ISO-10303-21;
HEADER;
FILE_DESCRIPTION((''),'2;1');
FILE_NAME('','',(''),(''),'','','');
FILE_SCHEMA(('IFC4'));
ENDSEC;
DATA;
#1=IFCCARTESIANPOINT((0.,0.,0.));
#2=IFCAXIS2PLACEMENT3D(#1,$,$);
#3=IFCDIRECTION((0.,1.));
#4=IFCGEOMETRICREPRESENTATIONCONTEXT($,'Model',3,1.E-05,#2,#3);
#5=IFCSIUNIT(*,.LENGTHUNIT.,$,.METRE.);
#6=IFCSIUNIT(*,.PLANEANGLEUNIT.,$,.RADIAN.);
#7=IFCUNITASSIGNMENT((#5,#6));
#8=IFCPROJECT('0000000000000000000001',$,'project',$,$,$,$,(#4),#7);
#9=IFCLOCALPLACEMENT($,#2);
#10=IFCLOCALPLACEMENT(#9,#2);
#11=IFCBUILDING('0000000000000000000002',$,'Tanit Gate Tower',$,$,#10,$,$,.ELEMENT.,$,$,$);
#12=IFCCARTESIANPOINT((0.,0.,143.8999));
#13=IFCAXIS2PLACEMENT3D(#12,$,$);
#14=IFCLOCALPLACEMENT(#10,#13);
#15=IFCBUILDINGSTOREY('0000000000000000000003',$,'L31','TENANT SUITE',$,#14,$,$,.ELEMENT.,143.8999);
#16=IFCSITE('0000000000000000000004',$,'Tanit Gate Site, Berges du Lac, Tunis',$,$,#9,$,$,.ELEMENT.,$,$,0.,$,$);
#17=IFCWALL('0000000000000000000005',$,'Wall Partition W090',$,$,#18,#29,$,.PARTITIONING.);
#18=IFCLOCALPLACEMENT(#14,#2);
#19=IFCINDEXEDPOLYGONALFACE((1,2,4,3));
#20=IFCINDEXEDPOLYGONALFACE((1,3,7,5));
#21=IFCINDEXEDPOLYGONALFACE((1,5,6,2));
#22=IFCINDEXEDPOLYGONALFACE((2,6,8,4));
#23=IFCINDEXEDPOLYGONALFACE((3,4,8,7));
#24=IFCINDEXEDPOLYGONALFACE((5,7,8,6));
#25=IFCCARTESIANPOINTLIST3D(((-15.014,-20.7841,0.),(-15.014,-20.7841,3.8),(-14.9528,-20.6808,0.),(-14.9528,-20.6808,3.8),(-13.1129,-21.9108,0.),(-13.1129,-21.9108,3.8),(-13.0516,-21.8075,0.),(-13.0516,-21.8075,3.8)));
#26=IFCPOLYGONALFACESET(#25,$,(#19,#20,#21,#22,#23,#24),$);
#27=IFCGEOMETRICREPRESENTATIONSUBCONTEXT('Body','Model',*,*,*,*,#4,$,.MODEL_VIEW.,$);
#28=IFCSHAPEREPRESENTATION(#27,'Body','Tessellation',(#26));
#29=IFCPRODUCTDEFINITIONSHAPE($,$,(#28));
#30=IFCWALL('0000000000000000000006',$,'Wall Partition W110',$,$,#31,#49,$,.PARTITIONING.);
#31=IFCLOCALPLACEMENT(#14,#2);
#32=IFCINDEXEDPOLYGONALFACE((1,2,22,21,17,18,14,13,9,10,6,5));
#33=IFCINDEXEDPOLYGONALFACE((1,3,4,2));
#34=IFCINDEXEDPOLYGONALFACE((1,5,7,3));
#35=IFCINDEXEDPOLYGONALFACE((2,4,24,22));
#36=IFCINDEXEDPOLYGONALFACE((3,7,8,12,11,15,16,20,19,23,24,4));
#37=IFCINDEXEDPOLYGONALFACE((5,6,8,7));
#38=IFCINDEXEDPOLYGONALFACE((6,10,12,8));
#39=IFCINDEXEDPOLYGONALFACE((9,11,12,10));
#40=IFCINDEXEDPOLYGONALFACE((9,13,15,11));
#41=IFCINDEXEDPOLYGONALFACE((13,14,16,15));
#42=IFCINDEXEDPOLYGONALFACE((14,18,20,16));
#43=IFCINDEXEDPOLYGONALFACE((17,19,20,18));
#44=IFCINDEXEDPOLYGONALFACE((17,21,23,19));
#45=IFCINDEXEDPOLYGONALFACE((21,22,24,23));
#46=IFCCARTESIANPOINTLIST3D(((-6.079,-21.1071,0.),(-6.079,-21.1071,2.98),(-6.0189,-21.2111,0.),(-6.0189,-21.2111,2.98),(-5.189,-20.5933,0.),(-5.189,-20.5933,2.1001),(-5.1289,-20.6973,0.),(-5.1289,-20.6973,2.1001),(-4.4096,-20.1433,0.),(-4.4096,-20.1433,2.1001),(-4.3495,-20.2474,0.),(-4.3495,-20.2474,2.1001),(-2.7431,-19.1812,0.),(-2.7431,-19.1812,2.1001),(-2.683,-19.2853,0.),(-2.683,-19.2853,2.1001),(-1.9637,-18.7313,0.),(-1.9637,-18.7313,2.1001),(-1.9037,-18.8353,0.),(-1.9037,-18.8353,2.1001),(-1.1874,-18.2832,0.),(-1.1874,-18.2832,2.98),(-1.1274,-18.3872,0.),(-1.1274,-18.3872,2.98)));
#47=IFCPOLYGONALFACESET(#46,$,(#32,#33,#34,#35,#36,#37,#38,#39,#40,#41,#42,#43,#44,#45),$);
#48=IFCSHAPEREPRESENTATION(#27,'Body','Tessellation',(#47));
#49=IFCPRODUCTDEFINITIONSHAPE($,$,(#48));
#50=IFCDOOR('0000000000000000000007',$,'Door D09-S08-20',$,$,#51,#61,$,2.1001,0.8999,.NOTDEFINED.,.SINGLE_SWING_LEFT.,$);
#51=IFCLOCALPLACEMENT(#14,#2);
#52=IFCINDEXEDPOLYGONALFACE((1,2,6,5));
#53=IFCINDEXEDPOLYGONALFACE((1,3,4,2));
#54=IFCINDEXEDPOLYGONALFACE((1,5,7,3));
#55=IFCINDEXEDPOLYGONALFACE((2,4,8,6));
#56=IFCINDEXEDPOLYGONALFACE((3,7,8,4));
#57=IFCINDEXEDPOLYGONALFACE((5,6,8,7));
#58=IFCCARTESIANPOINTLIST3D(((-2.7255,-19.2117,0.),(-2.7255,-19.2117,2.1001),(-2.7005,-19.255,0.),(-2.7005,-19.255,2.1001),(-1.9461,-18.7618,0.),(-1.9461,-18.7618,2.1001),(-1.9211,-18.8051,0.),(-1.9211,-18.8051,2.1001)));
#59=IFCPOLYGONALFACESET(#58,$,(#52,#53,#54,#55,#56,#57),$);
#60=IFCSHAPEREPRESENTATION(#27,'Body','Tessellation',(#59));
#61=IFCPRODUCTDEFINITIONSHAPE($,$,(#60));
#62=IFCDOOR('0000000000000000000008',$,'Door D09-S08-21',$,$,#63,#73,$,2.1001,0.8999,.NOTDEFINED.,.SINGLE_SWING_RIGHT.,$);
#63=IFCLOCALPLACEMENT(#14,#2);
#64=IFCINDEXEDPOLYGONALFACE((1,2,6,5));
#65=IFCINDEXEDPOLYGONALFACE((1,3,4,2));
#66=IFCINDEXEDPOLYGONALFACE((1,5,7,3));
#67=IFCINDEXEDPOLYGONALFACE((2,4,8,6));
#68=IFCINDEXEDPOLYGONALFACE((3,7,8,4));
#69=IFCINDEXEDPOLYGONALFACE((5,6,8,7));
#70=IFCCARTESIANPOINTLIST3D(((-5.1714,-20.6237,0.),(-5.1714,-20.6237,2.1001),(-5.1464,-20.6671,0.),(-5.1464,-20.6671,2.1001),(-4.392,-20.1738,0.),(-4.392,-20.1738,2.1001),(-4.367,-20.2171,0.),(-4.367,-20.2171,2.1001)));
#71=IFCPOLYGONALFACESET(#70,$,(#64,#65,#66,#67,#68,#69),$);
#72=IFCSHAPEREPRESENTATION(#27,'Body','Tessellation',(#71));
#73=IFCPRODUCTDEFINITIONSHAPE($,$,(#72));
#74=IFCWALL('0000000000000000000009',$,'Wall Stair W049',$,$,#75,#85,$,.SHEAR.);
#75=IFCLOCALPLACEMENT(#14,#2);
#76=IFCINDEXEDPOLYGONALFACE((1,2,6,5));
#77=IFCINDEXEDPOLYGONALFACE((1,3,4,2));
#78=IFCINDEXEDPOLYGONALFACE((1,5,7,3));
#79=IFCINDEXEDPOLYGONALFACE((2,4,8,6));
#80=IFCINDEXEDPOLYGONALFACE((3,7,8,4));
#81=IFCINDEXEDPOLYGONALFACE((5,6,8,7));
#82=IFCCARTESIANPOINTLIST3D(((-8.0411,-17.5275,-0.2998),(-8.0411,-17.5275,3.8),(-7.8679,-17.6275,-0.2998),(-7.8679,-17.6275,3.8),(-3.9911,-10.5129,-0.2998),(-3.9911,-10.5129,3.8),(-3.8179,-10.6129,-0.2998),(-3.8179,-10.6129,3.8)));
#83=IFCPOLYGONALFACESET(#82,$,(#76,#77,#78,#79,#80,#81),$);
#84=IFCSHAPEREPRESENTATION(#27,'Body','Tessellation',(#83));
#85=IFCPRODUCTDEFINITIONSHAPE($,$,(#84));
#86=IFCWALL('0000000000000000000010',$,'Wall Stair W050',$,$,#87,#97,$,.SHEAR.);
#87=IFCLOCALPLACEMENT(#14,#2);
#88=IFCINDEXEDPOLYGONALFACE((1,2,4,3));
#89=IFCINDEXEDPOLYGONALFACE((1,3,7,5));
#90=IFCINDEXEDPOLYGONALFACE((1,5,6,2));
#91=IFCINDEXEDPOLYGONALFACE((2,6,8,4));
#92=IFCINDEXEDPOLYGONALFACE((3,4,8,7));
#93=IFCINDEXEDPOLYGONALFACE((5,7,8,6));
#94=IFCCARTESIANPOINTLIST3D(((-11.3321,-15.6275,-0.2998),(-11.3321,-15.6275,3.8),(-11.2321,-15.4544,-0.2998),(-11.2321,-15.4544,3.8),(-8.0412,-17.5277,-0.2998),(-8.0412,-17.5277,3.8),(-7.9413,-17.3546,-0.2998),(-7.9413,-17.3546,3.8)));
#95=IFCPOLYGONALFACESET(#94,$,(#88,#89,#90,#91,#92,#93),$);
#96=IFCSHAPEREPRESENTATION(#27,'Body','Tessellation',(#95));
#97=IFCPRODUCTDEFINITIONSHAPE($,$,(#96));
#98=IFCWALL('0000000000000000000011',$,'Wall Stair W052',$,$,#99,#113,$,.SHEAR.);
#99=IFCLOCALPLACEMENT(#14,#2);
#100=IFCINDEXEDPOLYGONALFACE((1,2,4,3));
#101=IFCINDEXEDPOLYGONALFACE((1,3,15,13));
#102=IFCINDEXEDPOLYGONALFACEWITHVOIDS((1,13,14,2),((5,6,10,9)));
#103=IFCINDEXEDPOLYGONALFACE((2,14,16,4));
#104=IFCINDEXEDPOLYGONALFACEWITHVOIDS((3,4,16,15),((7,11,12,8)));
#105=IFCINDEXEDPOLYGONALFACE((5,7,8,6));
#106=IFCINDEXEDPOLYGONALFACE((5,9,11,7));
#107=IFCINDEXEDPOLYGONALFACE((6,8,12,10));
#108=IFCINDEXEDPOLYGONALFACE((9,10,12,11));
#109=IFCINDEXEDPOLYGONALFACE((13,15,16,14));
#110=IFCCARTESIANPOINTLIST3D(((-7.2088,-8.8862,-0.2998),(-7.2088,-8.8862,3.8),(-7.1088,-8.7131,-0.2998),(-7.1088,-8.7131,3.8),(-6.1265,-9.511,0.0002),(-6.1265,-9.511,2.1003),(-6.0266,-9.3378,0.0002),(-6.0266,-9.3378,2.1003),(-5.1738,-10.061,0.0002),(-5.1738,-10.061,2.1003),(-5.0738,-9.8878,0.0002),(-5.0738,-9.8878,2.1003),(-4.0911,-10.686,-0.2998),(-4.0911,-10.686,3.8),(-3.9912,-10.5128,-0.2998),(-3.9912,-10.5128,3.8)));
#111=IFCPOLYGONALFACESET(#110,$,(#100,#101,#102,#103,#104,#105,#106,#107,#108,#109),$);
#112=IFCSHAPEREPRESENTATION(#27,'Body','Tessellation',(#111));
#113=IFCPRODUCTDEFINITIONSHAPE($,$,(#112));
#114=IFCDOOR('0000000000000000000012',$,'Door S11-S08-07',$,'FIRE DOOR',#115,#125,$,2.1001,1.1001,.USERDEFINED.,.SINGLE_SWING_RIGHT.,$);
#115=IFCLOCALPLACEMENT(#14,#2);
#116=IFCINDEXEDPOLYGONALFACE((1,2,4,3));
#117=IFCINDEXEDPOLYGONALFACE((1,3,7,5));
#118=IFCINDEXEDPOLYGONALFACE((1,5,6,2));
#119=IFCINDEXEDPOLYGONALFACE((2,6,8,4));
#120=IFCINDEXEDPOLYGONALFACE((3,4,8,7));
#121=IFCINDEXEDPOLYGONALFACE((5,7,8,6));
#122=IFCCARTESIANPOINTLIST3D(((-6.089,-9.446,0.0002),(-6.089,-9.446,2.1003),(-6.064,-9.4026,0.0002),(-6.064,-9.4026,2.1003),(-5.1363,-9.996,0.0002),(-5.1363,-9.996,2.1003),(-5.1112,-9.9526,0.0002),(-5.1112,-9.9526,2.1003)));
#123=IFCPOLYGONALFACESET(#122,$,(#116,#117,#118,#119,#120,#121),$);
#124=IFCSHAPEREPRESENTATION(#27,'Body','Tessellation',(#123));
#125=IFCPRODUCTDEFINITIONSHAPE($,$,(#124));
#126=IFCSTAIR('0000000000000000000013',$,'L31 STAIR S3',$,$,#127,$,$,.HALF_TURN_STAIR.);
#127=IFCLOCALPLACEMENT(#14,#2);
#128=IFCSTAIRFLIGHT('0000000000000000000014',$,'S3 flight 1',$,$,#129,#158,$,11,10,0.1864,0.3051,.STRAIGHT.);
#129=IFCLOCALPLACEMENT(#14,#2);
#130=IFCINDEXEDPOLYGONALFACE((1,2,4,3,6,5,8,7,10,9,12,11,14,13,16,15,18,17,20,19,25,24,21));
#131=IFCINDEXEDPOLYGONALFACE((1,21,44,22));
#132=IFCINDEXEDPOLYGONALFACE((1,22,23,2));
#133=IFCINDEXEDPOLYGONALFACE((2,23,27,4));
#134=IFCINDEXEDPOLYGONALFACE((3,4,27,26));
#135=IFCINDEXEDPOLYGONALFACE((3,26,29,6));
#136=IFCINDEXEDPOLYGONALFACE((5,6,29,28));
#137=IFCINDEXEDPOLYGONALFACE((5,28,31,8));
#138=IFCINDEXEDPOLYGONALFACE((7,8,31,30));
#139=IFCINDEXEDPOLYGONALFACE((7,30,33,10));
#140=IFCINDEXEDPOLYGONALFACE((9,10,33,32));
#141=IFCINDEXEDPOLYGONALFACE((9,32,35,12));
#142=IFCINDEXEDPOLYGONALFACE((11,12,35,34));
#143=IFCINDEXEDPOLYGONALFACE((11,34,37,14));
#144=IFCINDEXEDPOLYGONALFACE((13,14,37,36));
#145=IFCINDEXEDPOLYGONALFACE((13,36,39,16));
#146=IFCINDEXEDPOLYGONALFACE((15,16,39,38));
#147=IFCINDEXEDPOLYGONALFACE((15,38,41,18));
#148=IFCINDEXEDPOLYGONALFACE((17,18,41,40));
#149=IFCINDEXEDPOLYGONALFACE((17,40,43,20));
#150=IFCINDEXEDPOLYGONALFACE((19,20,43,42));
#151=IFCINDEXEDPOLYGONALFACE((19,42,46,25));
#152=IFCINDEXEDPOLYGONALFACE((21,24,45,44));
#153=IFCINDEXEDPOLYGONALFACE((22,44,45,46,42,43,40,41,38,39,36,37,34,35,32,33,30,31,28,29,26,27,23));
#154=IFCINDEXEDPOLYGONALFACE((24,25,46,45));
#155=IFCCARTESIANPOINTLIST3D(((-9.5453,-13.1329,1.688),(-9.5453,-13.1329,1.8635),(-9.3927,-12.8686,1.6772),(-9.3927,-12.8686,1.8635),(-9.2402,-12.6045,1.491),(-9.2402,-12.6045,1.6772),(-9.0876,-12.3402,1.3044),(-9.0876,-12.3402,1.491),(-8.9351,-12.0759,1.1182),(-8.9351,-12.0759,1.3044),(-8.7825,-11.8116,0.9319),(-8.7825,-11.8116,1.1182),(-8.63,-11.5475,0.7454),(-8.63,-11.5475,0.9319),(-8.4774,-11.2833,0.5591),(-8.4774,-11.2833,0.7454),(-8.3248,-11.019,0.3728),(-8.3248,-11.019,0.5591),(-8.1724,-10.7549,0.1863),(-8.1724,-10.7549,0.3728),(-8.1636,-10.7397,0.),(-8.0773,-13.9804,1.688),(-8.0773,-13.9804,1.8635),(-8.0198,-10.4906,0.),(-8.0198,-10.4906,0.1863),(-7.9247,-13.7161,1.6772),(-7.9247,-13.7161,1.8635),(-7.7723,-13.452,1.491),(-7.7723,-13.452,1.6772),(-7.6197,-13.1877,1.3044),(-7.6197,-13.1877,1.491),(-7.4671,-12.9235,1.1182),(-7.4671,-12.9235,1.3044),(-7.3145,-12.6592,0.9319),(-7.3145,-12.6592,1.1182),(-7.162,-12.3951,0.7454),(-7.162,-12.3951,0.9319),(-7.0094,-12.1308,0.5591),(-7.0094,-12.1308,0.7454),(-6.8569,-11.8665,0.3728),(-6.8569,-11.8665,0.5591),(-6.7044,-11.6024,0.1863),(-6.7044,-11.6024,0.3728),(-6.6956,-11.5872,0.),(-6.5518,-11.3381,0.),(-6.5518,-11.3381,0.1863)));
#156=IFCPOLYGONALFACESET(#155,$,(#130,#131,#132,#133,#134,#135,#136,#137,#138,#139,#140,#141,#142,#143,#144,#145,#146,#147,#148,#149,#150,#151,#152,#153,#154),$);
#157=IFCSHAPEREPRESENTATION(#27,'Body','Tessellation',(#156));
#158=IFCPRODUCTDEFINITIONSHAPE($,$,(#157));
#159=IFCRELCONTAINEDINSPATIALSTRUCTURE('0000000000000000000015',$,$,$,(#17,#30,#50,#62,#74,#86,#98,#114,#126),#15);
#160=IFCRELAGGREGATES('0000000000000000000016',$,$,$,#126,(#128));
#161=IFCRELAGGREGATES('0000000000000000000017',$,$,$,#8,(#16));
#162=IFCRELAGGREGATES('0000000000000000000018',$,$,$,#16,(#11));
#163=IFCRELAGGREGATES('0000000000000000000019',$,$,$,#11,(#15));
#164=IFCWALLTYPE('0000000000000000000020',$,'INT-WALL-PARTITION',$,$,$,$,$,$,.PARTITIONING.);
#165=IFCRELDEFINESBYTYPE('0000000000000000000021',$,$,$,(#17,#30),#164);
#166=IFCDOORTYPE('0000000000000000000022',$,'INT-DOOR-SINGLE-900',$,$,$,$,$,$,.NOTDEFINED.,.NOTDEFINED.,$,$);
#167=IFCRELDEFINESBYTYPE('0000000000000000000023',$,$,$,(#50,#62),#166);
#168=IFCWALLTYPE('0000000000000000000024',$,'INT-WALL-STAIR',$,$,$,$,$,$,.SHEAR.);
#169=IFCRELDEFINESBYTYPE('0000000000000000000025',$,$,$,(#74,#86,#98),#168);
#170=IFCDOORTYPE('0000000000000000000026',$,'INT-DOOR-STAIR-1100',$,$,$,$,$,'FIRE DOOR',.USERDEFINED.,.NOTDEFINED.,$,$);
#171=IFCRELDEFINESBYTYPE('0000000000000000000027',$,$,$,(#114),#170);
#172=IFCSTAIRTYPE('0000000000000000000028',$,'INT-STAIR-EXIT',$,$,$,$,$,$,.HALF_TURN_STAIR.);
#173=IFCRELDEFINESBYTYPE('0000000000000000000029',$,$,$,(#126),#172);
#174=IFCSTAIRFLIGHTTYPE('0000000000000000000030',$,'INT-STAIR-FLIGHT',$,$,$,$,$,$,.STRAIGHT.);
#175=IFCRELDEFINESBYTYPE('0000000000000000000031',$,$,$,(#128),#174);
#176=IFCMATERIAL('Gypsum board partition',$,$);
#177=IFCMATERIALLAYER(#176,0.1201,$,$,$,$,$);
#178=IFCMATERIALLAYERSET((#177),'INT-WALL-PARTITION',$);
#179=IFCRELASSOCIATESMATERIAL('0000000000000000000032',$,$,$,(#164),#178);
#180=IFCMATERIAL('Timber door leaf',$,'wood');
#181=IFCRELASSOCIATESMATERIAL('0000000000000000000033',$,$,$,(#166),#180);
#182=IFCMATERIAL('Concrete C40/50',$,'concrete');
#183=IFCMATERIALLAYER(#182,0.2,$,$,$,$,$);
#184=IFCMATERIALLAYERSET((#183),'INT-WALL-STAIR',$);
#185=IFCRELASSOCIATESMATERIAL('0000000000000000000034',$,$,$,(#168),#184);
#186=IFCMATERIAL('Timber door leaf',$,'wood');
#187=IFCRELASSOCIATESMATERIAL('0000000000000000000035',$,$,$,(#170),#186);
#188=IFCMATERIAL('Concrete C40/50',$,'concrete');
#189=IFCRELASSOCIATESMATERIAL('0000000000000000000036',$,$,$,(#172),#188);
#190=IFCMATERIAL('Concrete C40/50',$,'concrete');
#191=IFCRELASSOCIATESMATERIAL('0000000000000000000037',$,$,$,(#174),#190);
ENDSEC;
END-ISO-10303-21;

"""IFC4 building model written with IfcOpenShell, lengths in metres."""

from ifc_helpers import new_model, si_unit, direction, frame, frame_2d, origin, place, context, subcontext, project, spatial, polyline, rectangle, outline, extrude, material, layer, layer_set, type_object, element, fill, aggregate, save


model = new_model("IFC4")

# Units and contexts
model_context = context("Model", 3, precision=1e-05, world=origin(), true_north=direction((0.0, 1.0)))
body_context = subcontext(model_context, "Body", "Model", "MODEL_VIEW")
ifc_project = project(units=[si_unit("LENGTHUNIT", "METRE"), si_unit("PLANEANGLEUNIT", "RADIAN")], contexts=[model_context])

# Site, building, storey
site_placement = place(None, origin())
site = spatial("IfcSite", under=ifc_project, at=site_placement, Name="Tanit Gate Site, Berges du Lac, Tunis", CompositionType="ELEMENT", RefElevation=0.0)
building_placement = place(site_placement, origin())
building = spatial("IfcBuilding", under=site, at=building_placement, Name="Tanit Gate Tower", CompositionType="ELEMENT")
storey_placement = place(building_placement, frame((0.0, 0.0, 143.8999)))
storey = spatial("IfcBuildingStorey", under=building, at=storey_placement, Name="L31", Description="TENANT SUITE", CompositionType="ELEMENT", Elevation=143.8999)

# Wall
ifc_material_1 = material(Name="Gypsum board partition")
ifc_layer_1 = layer(ifc_material_1, 0.1201)
ifc_layer_set_1 = layer_set([ifc_layer_1], Name="INT-WALL-PARTITION")
wall_type_1 = type_object("IfcWallType", Name="INT-WALL-PARTITION", PredefinedType="PARTITIONING", material=ifc_layer_set_1)
wall_1_placement = place(storey_placement, frame((-14.9834, -20.7324, 0.0), z_axis=(0.0, 0.0, 1.0), x_axis=(0.860268, -0.509842, 0.0)))
element("IfcWall", 1, at=wall_1_placement, inside=storey, type_object=wall_type_1, Name="Wall Partition W090", PredefinedType="PARTITIONING", context=body_context, shape_type="SweptSolid", body=[
    extrude(rectangle(XDim=2.21, YDim=0.1201, at=frame_2d((1.105, 0.0))), origin(), (0.0, 0.0, 1.0), 3.8),
])

# Wall, openings, doors
wall_2_placement = place(storey_placement, frame((-6.0491, -21.1592, 0.0), z_axis=(0.0, 0.0, 1.0), x_axis=(0.86604, 0.499974, 0.0)))
wall_2 = element("IfcWall", 2, at=wall_2_placement, inside=storey, type_object=wall_type_1, Name="Wall Partition W110", PredefinedType="PARTITIONING", context=body_context, shape_type="SweptSolid", body=[
    extrude(rectangle(XDim=5.6482, YDim=0.1201, at=frame_2d((2.8242, 0.0))), origin(), (0.0, 0.0, 1.0), 2.98),
])
opening_1_placement = place(wall_2_placement, frame((3.8521, 0.0, 0.0)))
opening_1 = element("IfcOpeningElement", 3, at=opening_1_placement, cuts=wall_2, PredefinedType="OPENING", context=body_context, shape_type="SweptSolid", body=[
    extrude(rectangle(XDim=0.8999, YDim=2.1001, at=frame_2d((0.45, 1.05))), frame((0.0, 0.0701, 0.0), z_axis=(0.0, -1.0, 0.0), x_axis=(1.0, 0.0, 0.0)), (0.0, 0.0, 1.0), 0.1401),
])
opening_2_placement = place(wall_2_placement, frame((1.0278, 0.0, 0.0)))
opening_2 = element("IfcOpeningElement", 4, at=opening_2_placement, cuts=wall_2, PredefinedType="OPENING", context=body_context, shape_type="SweptSolid", body=[
    extrude(rectangle(XDim=0.8999, YDim=2.1001, at=frame_2d((0.45, 1.05))), frame((0.0, 0.0701, 0.0), z_axis=(0.0, -1.0, 0.0), x_axis=(1.0, 0.0, 0.0)), (0.0, 0.0, 1.0), 0.1401),
])
ifc_material_2 = material(Name="Timber door leaf", Category="wood")
door_type_1 = type_object("IfcDoorType", Name="INT-DOOR-SINGLE-900", OperationType="NOTDEFINED", PredefinedType="NOTDEFINED", material=ifc_material_2)
door_1_placement = place(opening_1_placement, origin())
door_1 = element("IfcDoor", 5, at=door_1_placement, inside=storey, type_object=door_type_1, Name="Door D09-S08-20", OperationType="SINGLE_SWING_LEFT", OverallHeight=2.1001, OverallWidth=0.8999, PredefinedType="NOTDEFINED", context=body_context, shape_type="SweptSolid", body=[
    extrude(rectangle(XDim=0.8999, YDim=2.1001, at=frame_2d((0.45, 1.05))), frame((0.0, 0.0249, 0.0), z_axis=(0.0, -1.0, 0.0), x_axis=(1.0, 0.0, 0.0)), (0.0, 0.0, 1.0), 0.05),
])
fill(opening_1, door_1)
door_2_placement = place(opening_2_placement, origin())
door_2 = element("IfcDoor", 6, at=door_2_placement, inside=storey, type_object=door_type_1, Name="Door D09-S08-21", OperationType="SINGLE_SWING_RIGHT", OverallHeight=2.1001, OverallWidth=0.8999, PredefinedType="NOTDEFINED", context=body_context, shape_type="SweptSolid", body=[
    extrude(rectangle(XDim=0.8999, YDim=2.1001, at=frame_2d((0.45, 1.05))), frame((0.0, 0.0249, 0.0), z_axis=(0.0, -1.0, 0.0), x_axis=(1.0, 0.0, 0.0)), (0.0, 0.0, 1.0), 0.05),
])
fill(opening_2, door_2)

# Walls
ifc_material_3 = material(Name="Concrete C40/50", Category="concrete")
ifc_layer_2 = layer(ifc_material_3, 0.2)
ifc_layer_set_2 = layer_set([ifc_layer_2], Name="INT-WALL-STAIR")
wall_type_2 = type_object("IfcWallType", Name="INT-WALL-STAIR", PredefinedType="SHEAR", material=ifc_layer_set_2)
wall_3_placement = place(storey_placement, frame((-3.9045, -10.563, -0.2998), z_axis=(0.0, 0.0, 1.0), x_axis=(-0.500013, -0.866018, 0.0)))
element("IfcWall", 7, at=wall_3_placement, inside=storey, type_object=wall_type_2, Name="Wall Stair W049", PredefinedType="SHEAR", context=body_context, shape_type="SweptSolid", body=[
    extrude(rectangle(XDim=8.0999, YDim=0.2, at=frame_2d((4.0498, 0.0))), origin(), (0.0, 0.0, 1.0), 4.0999),
])
wall_4_placement = place(storey_placement, frame((-11.282, -15.541, -0.2998), z_axis=(0.0, 0.0, 1.0), x_axis=(0.866, -0.500043, 0.0)))
element("IfcWall", 8, at=wall_4_placement, inside=storey, type_object=wall_type_2, Name="Wall Stair W050", PredefinedType="SHEAR", context=body_context, shape_type="SweptSolid", body=[
    extrude(rectangle(XDim=3.8, YDim=0.2, at=frame_2d((1.8999, 0.0))), origin(), (0.0, 0.0, 1.0), 4.0999),
])

# Wall, opening, door
wall_5_placement = place(storey_placement, frame((-4.0413, -10.5994, -0.2998), z_axis=(0.0, 0.0, 1.0), x_axis=(-0.866048, 0.499961, 0.0)))
wall_5 = element("IfcWall", 9, at=wall_5_placement, inside=storey, type_object=wall_type_2, Name="Wall Stair W052", PredefinedType="SHEAR", context=body_context, shape_type="SweptSolid", body=[
    extrude(rectangle(XDim=3.5999, YDim=0.2, at=frame_2d((1.7998, 0.0))), origin(), (0.0, 0.0, 1.0), 4.0999),
])
opening_3_placement = place(wall_5_placement, frame((1.25, 0.0, 0.3)))
opening_3 = element("IfcOpeningElement", 10, at=opening_3_placement, cuts=wall_5, PredefinedType="OPENING", context=body_context, shape_type="SweptSolid", body=[
    extrude(rectangle(XDim=1.1001, YDim=2.1001, at=frame_2d((0.55, 1.05))), frame((0.0, 0.1099, 0.0), z_axis=(0.0, -1.0, 0.0), x_axis=(1.0, 0.0, 0.0)), (0.0, 0.0, 1.0), 0.22),
])
ifc_material_4 = material(Name="Timber door leaf", Category="wood")
door_type_2 = type_object("IfcDoorType", Name="INT-DOOR-STAIR-1100", ElementType="FIRE DOOR", OperationType="NOTDEFINED", PredefinedType="USERDEFINED", material=ifc_material_4)
door_3_placement = place(opening_3_placement, origin())
door_3 = element("IfcDoor", 11, at=door_3_placement, inside=storey, type_object=door_type_2, Name="Door S11-S08-07", ObjectType="FIRE DOOR", OperationType="SINGLE_SWING_RIGHT", OverallHeight=2.1001, OverallWidth=1.1001, PredefinedType="USERDEFINED", context=body_context, shape_type="SweptSolid", body=[
    extrude(rectangle(XDim=1.1001, YDim=2.1001, at=frame_2d((0.55, 1.05))), frame((0.0, 0.0249, 0.0), z_axis=(0.0, -1.0, 0.0), x_axis=(1.0, 0.0, 0.0)), (0.0, 0.0, 1.0), 0.05),
])
fill(opening_3, door_3)

# Stair, stair flight
ifc_material_5 = material(Name="Concrete C40/50", Category="concrete")
stair_type = type_object("IfcStairType", Name="INT-STAIR-EXIT", PredefinedType="HALF_TURN_STAIR", material=ifc_material_5)
stair_placement = place(storey_placement, origin())
stair = element("IfcStair", 12, at=stair_placement, inside=storey, type_object=stair_type, Name="L31 STAIR S3", PredefinedType="HALF_TURN_STAIR")
ifc_material_6 = material(Name="Concrete C40/50", Category="concrete")
stair_flight_type = type_object("IfcStairFlightType", Name="INT-STAIR-FLIGHT", PredefinedType="STRAIGHT", material=ifc_material_6)
stair_flight_1_placement = place(storey_placement, frame((-7.2859, -10.9143, 0.0), z_axis=(0.0, 0.0, 1.0), x_axis=(-0.5, -0.866025, 0.0)))
stair_flight_1 = element("IfcStairFlight", 13, at=stair_flight_1_placement, type_object=stair_flight_type, Name="S3 flight 1", NumberOfRisers=11, NumberOfTreads=10, PredefinedType="STRAIGHT", RiserHeight=0.1864, TreadLength=0.3051, context=body_context, shape_type="SweptSolid", body=[
    extrude(outline(polyline([(0.0, 0.0), (0.0, 0.1863), (0.3052, 0.1863), (0.3052, 0.3728), (0.6101, 0.3728), (0.6101, 0.5591), (0.9153, 0.5591), (0.9153, 0.7454), (1.2205, 0.7454), (1.2205, 0.9319), (1.5254, 0.9319), (1.5254, 1.1182), (1.8306, 1.1182), (1.8306, 1.3044), (2.1357, 1.3044), (2.1357, 1.491), (2.4409, 1.491), (2.4409, 1.6772), (2.7458, 1.6772), (2.7458, 1.8635), (3.051, 1.8635), (3.051, 2.05), (3.051, 1.688), (0.2876, 0.0), (0.0, 0.0)])), frame((0.0, 0.8477, 0.0), z_axis=(0.0, -1.0, 0.0), x_axis=(1.0, 0.0, 0.0)), (0.0, 0.0, 1.0), 1.6951),
])
aggregate(stair, [stair_flight_1])

save(model, "model.ifc")
